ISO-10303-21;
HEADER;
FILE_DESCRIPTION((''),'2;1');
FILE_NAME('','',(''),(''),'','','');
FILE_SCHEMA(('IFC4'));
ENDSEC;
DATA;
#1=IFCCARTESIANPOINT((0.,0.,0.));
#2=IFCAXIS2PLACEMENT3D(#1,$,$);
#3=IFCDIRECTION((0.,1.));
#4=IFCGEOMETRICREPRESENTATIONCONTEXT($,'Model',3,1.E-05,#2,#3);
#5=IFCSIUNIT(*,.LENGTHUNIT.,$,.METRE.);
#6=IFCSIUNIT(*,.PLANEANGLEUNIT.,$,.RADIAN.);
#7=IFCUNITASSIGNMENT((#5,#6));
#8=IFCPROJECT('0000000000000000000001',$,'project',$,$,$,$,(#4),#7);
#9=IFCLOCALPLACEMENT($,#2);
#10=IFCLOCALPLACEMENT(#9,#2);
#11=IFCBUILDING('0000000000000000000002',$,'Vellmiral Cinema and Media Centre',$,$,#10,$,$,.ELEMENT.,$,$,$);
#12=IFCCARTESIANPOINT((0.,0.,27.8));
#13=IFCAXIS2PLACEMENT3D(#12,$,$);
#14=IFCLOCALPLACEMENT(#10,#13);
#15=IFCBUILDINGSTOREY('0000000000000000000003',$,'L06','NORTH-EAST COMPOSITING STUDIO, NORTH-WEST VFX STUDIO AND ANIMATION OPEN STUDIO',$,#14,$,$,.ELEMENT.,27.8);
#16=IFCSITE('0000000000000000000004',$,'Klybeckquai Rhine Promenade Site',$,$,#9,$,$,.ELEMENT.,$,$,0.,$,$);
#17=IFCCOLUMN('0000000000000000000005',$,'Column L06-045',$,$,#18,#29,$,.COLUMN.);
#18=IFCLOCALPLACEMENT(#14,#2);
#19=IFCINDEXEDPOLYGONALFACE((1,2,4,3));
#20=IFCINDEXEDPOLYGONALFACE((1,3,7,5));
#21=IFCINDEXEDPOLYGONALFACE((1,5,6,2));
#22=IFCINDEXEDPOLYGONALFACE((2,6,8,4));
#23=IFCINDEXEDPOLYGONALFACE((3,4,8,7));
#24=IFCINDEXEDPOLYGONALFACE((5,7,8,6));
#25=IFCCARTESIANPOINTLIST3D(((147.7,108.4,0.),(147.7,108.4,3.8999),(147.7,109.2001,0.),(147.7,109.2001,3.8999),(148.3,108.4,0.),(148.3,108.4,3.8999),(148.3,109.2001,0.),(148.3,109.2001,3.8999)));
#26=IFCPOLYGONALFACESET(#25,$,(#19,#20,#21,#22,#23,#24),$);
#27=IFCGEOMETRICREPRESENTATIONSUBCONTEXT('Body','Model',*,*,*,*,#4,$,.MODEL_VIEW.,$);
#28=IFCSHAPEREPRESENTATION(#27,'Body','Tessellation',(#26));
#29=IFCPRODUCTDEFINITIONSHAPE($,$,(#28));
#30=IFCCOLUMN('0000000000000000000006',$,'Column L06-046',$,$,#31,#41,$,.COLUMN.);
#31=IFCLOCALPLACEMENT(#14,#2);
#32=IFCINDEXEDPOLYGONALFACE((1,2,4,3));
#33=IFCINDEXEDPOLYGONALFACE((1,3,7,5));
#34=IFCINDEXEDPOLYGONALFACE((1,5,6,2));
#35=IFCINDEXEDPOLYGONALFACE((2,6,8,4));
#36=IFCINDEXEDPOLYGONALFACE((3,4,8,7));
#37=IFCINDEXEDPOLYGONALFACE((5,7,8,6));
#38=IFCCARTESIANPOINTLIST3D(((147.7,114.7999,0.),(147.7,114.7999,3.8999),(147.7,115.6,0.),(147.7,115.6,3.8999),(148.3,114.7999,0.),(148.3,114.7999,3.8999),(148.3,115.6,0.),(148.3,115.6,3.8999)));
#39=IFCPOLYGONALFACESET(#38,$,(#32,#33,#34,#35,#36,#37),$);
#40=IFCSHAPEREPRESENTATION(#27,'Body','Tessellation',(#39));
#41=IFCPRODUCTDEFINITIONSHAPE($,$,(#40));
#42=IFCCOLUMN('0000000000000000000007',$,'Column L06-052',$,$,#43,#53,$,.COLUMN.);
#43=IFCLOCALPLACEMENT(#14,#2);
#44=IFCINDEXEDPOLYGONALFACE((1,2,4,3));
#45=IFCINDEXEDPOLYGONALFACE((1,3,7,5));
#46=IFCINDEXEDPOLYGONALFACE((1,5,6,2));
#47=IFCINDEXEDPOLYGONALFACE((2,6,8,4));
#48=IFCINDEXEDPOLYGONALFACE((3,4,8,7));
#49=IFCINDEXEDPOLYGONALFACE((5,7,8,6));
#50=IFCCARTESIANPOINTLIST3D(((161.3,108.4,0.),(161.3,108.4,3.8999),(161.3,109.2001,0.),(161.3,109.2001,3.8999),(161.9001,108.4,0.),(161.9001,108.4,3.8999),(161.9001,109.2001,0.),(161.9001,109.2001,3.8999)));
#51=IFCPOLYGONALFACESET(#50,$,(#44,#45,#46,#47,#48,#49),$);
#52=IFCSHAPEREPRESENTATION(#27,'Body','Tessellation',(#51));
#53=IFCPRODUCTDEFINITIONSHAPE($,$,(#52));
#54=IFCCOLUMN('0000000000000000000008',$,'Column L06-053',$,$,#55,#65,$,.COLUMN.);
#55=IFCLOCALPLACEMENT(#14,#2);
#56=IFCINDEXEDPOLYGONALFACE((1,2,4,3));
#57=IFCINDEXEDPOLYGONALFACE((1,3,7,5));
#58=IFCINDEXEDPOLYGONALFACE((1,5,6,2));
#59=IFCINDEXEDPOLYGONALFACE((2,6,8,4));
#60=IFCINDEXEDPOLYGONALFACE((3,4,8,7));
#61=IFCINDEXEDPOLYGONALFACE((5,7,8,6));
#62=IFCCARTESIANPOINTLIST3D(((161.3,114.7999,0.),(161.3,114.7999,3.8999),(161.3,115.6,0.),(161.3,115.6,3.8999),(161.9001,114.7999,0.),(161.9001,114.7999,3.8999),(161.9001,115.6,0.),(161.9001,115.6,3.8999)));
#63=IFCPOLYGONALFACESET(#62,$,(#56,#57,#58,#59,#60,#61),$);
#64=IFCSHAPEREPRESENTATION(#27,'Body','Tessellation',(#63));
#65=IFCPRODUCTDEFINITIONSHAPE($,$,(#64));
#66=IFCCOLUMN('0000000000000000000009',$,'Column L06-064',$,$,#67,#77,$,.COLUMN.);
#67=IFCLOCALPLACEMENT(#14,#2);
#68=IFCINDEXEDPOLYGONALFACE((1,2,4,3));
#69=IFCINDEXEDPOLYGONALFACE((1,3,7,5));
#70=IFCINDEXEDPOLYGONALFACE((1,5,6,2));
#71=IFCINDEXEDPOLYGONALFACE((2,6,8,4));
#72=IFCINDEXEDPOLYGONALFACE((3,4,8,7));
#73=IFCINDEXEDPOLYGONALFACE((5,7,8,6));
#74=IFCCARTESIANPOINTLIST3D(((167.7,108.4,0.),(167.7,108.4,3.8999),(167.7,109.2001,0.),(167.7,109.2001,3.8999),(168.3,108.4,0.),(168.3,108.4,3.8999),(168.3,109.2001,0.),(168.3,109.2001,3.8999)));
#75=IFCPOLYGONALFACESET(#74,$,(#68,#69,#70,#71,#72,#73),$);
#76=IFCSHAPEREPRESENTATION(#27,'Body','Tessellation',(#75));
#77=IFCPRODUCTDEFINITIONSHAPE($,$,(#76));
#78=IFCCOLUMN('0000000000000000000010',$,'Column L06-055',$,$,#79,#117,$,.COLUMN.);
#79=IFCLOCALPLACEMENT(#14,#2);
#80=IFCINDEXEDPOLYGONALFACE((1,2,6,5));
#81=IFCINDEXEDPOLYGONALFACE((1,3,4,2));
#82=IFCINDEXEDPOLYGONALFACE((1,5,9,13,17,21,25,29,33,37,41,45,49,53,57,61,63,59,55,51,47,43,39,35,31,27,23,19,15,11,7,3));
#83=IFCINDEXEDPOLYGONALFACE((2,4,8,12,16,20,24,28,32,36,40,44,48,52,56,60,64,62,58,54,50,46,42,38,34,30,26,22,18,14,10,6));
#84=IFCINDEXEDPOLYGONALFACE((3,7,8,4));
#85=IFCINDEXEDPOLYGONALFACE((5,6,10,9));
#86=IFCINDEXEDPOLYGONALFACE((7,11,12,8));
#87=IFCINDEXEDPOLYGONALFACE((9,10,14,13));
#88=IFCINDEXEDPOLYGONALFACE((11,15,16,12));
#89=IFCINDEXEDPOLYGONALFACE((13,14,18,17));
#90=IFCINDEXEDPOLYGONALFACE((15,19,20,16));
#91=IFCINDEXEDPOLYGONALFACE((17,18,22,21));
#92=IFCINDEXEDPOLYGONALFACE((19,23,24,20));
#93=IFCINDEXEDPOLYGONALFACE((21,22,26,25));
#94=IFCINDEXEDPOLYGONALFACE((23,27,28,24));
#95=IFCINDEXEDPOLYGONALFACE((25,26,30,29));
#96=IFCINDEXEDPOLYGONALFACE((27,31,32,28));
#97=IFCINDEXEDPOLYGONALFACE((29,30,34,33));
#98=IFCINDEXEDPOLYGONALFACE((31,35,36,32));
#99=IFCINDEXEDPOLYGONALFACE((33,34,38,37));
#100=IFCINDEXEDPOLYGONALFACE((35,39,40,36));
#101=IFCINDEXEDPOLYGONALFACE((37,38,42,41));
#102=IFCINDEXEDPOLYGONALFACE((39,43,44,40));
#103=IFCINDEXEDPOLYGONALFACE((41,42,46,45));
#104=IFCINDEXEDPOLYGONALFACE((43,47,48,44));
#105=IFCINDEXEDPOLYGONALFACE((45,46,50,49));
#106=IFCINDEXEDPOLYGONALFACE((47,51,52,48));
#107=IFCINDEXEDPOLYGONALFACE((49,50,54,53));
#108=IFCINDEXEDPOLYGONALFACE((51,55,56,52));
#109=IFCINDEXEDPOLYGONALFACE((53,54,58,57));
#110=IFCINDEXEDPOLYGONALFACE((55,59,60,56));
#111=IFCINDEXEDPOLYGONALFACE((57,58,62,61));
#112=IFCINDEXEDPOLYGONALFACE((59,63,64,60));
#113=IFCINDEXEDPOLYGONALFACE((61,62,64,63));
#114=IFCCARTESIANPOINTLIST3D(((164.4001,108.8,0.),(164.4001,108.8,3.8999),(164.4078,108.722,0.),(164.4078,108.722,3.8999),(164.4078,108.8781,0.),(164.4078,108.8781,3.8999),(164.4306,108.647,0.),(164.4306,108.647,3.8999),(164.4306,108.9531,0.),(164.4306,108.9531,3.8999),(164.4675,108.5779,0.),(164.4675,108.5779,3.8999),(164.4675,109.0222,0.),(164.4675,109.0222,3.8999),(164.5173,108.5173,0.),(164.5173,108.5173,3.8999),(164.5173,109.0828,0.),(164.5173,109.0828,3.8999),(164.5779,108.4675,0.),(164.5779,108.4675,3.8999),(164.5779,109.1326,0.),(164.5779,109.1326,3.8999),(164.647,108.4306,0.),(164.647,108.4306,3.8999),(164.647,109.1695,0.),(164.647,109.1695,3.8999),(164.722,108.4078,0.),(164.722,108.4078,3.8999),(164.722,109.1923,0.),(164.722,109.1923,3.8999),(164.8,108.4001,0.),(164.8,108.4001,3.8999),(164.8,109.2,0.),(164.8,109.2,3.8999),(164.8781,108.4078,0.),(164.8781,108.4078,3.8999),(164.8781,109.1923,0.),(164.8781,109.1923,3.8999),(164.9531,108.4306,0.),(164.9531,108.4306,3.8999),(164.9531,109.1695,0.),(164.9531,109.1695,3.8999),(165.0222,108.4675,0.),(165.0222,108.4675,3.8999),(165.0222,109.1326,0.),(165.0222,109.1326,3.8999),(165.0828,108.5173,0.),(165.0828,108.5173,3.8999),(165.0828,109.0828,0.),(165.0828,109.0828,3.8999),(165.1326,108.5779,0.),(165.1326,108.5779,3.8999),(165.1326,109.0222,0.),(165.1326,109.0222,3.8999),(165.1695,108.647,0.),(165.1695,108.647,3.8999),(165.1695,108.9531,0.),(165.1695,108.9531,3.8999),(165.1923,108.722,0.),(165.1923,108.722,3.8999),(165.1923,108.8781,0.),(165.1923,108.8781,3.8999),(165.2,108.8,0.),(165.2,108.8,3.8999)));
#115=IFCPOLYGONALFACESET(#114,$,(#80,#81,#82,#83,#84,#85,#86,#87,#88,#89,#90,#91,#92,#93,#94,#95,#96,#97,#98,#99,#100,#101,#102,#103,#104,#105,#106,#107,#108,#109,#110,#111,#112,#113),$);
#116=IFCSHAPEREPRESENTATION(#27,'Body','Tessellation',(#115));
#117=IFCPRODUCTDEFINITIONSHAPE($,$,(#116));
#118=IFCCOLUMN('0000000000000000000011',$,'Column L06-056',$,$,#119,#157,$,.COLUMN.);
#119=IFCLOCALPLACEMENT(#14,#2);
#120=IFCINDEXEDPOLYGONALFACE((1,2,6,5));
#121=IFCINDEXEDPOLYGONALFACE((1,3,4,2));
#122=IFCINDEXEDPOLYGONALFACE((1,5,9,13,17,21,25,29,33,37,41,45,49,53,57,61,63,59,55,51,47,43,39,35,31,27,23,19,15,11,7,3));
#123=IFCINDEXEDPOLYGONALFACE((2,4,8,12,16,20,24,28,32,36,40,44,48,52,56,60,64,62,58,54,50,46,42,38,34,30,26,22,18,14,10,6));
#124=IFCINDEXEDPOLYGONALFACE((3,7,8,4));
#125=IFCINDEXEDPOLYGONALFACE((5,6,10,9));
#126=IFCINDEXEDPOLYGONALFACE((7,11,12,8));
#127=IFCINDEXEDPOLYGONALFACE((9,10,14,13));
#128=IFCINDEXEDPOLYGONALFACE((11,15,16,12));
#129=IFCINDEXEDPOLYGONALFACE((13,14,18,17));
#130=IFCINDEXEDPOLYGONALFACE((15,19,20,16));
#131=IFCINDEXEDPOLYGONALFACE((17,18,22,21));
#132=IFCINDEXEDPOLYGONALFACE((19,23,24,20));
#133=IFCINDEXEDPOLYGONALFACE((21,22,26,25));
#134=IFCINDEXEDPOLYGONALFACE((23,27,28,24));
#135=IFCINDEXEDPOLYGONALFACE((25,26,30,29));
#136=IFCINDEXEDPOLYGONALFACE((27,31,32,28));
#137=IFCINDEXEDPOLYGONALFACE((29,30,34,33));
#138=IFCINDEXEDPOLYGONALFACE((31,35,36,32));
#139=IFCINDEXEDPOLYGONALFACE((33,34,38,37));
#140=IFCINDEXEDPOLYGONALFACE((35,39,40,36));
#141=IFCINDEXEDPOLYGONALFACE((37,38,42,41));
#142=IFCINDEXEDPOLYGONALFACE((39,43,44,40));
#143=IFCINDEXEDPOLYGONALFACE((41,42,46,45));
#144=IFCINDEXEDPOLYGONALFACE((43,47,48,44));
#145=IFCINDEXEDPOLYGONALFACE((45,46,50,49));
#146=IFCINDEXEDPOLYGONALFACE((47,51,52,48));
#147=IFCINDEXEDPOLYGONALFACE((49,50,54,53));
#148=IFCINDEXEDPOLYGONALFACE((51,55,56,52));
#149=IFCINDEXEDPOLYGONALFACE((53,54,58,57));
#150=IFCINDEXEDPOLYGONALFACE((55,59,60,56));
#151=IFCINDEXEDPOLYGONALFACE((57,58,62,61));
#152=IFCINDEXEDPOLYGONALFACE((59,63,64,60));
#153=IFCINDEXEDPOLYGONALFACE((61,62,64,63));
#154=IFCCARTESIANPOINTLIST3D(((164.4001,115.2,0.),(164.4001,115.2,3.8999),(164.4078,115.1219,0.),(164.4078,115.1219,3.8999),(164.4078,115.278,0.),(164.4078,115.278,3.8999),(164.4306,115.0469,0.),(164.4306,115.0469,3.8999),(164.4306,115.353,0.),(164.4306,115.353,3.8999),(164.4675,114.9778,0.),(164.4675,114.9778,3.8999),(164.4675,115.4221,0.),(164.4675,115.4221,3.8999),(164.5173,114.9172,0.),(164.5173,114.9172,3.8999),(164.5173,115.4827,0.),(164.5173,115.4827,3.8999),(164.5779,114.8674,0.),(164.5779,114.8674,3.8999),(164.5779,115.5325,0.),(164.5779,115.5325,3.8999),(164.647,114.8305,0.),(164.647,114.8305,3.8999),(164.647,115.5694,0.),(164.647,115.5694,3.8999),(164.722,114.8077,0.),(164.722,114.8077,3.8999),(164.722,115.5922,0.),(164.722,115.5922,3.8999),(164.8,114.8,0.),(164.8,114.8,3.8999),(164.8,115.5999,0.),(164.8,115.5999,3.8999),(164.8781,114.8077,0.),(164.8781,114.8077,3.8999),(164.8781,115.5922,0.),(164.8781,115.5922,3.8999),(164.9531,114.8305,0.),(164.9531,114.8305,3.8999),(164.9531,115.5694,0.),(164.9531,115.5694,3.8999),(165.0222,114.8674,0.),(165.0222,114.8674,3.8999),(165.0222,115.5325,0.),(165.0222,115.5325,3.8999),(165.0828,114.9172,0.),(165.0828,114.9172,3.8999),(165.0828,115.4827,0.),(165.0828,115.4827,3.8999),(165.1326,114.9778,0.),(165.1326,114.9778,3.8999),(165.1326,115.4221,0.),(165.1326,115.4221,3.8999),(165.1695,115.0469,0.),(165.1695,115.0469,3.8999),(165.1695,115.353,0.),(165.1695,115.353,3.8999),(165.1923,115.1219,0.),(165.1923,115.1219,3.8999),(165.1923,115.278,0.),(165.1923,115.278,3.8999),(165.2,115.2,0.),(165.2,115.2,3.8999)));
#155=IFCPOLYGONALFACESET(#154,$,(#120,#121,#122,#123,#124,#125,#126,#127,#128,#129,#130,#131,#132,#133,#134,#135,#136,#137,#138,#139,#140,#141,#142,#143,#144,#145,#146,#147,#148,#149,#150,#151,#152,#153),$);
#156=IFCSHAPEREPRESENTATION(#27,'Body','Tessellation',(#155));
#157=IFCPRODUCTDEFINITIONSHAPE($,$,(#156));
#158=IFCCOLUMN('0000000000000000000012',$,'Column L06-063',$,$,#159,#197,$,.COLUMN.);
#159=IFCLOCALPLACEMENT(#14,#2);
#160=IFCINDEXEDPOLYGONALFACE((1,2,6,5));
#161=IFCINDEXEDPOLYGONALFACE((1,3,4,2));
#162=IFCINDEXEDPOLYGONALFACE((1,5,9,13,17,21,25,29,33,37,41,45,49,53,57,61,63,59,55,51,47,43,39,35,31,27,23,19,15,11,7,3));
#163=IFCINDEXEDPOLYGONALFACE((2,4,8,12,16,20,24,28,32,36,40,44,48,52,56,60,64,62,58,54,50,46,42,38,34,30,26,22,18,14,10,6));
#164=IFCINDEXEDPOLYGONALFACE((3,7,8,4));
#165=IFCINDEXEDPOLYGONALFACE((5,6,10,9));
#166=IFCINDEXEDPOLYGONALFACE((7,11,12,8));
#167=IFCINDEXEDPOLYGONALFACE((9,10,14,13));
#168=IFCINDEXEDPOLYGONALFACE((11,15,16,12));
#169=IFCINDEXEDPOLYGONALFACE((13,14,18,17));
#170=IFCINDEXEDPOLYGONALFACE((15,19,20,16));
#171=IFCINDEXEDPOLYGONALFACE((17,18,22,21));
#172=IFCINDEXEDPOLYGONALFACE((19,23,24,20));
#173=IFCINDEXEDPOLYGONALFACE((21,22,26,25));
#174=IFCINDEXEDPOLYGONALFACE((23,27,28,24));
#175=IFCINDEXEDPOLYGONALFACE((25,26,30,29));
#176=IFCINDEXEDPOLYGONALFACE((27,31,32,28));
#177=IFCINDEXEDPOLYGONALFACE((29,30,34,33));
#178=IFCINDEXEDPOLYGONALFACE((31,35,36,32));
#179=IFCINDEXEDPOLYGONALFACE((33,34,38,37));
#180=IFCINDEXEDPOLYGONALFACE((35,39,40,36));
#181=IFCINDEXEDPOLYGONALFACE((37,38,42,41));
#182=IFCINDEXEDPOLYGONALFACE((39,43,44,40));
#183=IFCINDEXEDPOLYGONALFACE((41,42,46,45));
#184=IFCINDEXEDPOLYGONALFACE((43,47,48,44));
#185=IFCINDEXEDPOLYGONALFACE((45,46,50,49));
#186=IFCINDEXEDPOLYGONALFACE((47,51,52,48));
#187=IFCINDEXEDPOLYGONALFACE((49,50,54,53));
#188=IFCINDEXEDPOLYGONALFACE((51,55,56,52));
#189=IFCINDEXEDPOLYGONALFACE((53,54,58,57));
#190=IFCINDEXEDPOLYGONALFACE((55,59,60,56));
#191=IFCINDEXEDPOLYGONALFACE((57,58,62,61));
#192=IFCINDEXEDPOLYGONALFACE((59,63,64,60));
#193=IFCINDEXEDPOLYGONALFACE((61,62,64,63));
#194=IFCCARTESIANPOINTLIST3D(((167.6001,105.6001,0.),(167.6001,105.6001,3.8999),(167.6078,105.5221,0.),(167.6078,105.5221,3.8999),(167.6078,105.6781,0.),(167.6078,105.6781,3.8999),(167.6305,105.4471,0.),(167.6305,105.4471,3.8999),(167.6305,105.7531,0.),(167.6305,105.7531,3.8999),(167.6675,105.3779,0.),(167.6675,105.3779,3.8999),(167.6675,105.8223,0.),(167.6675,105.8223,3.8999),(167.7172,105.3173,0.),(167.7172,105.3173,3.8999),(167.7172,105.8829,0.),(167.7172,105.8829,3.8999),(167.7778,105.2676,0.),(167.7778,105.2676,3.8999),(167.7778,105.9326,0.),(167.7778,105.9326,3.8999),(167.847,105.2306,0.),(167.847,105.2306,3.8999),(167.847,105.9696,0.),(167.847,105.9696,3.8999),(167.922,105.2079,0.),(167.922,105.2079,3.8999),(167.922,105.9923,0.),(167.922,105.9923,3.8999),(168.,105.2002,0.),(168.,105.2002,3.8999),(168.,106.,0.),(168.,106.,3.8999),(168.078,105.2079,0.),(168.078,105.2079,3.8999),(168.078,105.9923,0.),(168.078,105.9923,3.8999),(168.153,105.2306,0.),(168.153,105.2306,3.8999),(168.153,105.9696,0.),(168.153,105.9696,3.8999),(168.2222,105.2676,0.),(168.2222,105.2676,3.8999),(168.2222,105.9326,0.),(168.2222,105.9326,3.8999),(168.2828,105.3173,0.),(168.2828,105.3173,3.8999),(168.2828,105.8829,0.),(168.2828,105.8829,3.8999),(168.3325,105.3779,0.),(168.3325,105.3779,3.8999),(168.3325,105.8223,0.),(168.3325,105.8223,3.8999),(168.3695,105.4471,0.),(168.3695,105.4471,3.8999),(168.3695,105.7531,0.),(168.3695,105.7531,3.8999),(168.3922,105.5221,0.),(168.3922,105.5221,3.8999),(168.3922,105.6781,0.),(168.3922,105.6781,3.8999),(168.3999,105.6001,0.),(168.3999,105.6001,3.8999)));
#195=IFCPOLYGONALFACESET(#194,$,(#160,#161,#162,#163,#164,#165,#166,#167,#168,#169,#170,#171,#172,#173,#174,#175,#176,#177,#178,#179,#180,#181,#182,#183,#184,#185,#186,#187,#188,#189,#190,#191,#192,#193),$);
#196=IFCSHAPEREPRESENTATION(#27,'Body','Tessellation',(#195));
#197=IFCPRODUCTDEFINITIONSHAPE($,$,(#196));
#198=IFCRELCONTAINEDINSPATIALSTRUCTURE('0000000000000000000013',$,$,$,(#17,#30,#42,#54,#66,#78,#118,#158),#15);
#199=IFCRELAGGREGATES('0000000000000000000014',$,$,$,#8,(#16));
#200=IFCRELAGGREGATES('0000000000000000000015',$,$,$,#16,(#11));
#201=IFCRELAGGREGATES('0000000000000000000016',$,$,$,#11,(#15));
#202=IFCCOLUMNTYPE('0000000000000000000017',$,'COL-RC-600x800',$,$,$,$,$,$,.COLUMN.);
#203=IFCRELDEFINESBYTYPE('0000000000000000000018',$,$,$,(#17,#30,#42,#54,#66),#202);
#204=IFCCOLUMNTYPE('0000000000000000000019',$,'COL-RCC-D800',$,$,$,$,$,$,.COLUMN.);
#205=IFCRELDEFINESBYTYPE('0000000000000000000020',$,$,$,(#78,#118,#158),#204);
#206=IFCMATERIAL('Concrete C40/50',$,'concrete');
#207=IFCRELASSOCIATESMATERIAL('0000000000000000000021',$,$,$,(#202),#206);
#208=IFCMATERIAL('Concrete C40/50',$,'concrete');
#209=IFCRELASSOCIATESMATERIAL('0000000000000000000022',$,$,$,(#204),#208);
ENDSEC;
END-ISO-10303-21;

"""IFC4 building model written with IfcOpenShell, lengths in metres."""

from ifc_helpers import new_model, si_unit, direction, frame, origin, origin_2d, place, context, subcontext, project, spatial, rectangle, circle, extrude, material, material_profile, profile_set, type_object, element, save


model = new_model("IFC4")

# Units and contexts
model_context = context("Model", 3, precision=1e-05, world=origin(), true_north=direction((0.0, 1.0)))
body_context = subcontext(model_context, "Body", "Model", "MODEL_VIEW")
ifc_project = project(units=[si_unit("LENGTHUNIT", "METRE"), si_unit("PLANEANGLEUNIT", "RADIAN")], contexts=[model_context])

# Site, building, storey
site_placement = place(None, origin())
site = spatial("IfcSite", under=ifc_project, at=site_placement, Name="Klybeckquai Rhine Promenade Site", CompositionType="ELEMENT", RefElevation=0.0)
building_placement = place(site_placement, origin())
building = spatial("IfcBuilding", under=site, at=building_placement, Name="Vellmiral Cinema and Media Centre", CompositionType="ELEMENT")
storey_placement = place(building_placement, frame((0.0, 0.0, 27.8)))
storey = spatial("IfcBuildingStorey", under=building, at=storey_placement, Name="L06", Description="NORTH-EAST COMPOSITING STUDIO, NORTH-WEST VFX STUDIO AND ANIMATION OPEN STUDIO", CompositionType="ELEMENT", Elevation=27.8)

# Columns
ifc_material_1 = material(Name="Concrete C40/50", Category="concrete")
ifc_material_profile_1 = material_profile(ifc_material_1, rectangle(XDim=0.6001, YDim=0.8, at=origin_2d()), Name="RC 600x800")
ifc_profile_set_1 = profile_set([ifc_material_profile_1], Name="Concrete C40/50")
column_type_1 = type_object("IfcColumnType", Name="COL-RC-600x800", PredefinedType="COLUMN", material=ifc_profile_set_1)
for number, where, z_axis, x_axis, name in (
    (1, (148.0, 108.8, 0.0), (0.0, 0.0, 1.0), (1.0, 0.0, 0.0), "Column L06-045"),
    (2, (148.0, 115.2, 0.0), (0.0, 0.0, 1.0), (1.0, 0.0, 0.0), "Column L06-046"),
    (3, (161.6001, 108.8, 0.0), (0.0, 0.0, 1.0), (1.0, 0.0, 0.0), "Column L06-052"),
    (4, (161.6001, 115.2, 0.0), (0.0, 0.0, 1.0), (1.0, 0.0, 0.0), "Column L06-053"),
    (5, (168.0, 108.8, 0.0), (0.0, 0.0, 1.0), (1.0, 0.0, 0.0), "Column L06-064"),
):
    element("IfcColumn", number, at=place(storey_placement, frame(where, z_axis=z_axis, x_axis=x_axis)), inside=storey, type_object=column_type_1, Name=name, PredefinedType="COLUMN", context=body_context, shape_type="SweptSolid", body=[
        extrude(rectangle(XDim=0.6001, YDim=0.8, at=origin_2d()), origin(), (0.0, 0.0, 1.0), 3.8999),
    ])
ifc_material_2 = material(Name="Concrete C40/50", Category="concrete")
ifc_material_profile_2 = material_profile(ifc_material_2, circle(Radius=0.3999, at=origin_2d()), Name="RC D800")
ifc_profile_set_2 = profile_set([ifc_material_profile_2], Name="Concrete C40/50")
column_type_2 = type_object("IfcColumnType", Name="COL-RCC-D800", PredefinedType="COLUMN", material=ifc_profile_set_2)
for number, where, z_axis, x_axis, name in (
    (6, (164.8, 108.8, 0.0), (0.0, 0.0, 1.0), (1.0, 0.0, 0.0), "Column L06-055"),
    (7, (164.8, 115.2, 0.0), (0.0, 0.0, 1.0), (1.0, 0.0, 0.0), "Column L06-056"),
    (8, (168.0, 105.6001, 0.0), (0.0, 0.0, 1.0), (1.0, 0.0, 0.0), "Column L06-063"),
):
    element("IfcColumn", number, at=place(storey_placement, frame(where, z_axis=z_axis, x_axis=x_axis)), inside=storey, type_object=column_type_2, Name=name, PredefinedType="COLUMN", context=body_context, shape_type="SweptSolid", body=[
        extrude(circle(Radius=0.3999, at=origin_2d()), origin(), (0.0, 0.0, 1.0), 3.8999),
    ])

save(model, "model.ifc")
